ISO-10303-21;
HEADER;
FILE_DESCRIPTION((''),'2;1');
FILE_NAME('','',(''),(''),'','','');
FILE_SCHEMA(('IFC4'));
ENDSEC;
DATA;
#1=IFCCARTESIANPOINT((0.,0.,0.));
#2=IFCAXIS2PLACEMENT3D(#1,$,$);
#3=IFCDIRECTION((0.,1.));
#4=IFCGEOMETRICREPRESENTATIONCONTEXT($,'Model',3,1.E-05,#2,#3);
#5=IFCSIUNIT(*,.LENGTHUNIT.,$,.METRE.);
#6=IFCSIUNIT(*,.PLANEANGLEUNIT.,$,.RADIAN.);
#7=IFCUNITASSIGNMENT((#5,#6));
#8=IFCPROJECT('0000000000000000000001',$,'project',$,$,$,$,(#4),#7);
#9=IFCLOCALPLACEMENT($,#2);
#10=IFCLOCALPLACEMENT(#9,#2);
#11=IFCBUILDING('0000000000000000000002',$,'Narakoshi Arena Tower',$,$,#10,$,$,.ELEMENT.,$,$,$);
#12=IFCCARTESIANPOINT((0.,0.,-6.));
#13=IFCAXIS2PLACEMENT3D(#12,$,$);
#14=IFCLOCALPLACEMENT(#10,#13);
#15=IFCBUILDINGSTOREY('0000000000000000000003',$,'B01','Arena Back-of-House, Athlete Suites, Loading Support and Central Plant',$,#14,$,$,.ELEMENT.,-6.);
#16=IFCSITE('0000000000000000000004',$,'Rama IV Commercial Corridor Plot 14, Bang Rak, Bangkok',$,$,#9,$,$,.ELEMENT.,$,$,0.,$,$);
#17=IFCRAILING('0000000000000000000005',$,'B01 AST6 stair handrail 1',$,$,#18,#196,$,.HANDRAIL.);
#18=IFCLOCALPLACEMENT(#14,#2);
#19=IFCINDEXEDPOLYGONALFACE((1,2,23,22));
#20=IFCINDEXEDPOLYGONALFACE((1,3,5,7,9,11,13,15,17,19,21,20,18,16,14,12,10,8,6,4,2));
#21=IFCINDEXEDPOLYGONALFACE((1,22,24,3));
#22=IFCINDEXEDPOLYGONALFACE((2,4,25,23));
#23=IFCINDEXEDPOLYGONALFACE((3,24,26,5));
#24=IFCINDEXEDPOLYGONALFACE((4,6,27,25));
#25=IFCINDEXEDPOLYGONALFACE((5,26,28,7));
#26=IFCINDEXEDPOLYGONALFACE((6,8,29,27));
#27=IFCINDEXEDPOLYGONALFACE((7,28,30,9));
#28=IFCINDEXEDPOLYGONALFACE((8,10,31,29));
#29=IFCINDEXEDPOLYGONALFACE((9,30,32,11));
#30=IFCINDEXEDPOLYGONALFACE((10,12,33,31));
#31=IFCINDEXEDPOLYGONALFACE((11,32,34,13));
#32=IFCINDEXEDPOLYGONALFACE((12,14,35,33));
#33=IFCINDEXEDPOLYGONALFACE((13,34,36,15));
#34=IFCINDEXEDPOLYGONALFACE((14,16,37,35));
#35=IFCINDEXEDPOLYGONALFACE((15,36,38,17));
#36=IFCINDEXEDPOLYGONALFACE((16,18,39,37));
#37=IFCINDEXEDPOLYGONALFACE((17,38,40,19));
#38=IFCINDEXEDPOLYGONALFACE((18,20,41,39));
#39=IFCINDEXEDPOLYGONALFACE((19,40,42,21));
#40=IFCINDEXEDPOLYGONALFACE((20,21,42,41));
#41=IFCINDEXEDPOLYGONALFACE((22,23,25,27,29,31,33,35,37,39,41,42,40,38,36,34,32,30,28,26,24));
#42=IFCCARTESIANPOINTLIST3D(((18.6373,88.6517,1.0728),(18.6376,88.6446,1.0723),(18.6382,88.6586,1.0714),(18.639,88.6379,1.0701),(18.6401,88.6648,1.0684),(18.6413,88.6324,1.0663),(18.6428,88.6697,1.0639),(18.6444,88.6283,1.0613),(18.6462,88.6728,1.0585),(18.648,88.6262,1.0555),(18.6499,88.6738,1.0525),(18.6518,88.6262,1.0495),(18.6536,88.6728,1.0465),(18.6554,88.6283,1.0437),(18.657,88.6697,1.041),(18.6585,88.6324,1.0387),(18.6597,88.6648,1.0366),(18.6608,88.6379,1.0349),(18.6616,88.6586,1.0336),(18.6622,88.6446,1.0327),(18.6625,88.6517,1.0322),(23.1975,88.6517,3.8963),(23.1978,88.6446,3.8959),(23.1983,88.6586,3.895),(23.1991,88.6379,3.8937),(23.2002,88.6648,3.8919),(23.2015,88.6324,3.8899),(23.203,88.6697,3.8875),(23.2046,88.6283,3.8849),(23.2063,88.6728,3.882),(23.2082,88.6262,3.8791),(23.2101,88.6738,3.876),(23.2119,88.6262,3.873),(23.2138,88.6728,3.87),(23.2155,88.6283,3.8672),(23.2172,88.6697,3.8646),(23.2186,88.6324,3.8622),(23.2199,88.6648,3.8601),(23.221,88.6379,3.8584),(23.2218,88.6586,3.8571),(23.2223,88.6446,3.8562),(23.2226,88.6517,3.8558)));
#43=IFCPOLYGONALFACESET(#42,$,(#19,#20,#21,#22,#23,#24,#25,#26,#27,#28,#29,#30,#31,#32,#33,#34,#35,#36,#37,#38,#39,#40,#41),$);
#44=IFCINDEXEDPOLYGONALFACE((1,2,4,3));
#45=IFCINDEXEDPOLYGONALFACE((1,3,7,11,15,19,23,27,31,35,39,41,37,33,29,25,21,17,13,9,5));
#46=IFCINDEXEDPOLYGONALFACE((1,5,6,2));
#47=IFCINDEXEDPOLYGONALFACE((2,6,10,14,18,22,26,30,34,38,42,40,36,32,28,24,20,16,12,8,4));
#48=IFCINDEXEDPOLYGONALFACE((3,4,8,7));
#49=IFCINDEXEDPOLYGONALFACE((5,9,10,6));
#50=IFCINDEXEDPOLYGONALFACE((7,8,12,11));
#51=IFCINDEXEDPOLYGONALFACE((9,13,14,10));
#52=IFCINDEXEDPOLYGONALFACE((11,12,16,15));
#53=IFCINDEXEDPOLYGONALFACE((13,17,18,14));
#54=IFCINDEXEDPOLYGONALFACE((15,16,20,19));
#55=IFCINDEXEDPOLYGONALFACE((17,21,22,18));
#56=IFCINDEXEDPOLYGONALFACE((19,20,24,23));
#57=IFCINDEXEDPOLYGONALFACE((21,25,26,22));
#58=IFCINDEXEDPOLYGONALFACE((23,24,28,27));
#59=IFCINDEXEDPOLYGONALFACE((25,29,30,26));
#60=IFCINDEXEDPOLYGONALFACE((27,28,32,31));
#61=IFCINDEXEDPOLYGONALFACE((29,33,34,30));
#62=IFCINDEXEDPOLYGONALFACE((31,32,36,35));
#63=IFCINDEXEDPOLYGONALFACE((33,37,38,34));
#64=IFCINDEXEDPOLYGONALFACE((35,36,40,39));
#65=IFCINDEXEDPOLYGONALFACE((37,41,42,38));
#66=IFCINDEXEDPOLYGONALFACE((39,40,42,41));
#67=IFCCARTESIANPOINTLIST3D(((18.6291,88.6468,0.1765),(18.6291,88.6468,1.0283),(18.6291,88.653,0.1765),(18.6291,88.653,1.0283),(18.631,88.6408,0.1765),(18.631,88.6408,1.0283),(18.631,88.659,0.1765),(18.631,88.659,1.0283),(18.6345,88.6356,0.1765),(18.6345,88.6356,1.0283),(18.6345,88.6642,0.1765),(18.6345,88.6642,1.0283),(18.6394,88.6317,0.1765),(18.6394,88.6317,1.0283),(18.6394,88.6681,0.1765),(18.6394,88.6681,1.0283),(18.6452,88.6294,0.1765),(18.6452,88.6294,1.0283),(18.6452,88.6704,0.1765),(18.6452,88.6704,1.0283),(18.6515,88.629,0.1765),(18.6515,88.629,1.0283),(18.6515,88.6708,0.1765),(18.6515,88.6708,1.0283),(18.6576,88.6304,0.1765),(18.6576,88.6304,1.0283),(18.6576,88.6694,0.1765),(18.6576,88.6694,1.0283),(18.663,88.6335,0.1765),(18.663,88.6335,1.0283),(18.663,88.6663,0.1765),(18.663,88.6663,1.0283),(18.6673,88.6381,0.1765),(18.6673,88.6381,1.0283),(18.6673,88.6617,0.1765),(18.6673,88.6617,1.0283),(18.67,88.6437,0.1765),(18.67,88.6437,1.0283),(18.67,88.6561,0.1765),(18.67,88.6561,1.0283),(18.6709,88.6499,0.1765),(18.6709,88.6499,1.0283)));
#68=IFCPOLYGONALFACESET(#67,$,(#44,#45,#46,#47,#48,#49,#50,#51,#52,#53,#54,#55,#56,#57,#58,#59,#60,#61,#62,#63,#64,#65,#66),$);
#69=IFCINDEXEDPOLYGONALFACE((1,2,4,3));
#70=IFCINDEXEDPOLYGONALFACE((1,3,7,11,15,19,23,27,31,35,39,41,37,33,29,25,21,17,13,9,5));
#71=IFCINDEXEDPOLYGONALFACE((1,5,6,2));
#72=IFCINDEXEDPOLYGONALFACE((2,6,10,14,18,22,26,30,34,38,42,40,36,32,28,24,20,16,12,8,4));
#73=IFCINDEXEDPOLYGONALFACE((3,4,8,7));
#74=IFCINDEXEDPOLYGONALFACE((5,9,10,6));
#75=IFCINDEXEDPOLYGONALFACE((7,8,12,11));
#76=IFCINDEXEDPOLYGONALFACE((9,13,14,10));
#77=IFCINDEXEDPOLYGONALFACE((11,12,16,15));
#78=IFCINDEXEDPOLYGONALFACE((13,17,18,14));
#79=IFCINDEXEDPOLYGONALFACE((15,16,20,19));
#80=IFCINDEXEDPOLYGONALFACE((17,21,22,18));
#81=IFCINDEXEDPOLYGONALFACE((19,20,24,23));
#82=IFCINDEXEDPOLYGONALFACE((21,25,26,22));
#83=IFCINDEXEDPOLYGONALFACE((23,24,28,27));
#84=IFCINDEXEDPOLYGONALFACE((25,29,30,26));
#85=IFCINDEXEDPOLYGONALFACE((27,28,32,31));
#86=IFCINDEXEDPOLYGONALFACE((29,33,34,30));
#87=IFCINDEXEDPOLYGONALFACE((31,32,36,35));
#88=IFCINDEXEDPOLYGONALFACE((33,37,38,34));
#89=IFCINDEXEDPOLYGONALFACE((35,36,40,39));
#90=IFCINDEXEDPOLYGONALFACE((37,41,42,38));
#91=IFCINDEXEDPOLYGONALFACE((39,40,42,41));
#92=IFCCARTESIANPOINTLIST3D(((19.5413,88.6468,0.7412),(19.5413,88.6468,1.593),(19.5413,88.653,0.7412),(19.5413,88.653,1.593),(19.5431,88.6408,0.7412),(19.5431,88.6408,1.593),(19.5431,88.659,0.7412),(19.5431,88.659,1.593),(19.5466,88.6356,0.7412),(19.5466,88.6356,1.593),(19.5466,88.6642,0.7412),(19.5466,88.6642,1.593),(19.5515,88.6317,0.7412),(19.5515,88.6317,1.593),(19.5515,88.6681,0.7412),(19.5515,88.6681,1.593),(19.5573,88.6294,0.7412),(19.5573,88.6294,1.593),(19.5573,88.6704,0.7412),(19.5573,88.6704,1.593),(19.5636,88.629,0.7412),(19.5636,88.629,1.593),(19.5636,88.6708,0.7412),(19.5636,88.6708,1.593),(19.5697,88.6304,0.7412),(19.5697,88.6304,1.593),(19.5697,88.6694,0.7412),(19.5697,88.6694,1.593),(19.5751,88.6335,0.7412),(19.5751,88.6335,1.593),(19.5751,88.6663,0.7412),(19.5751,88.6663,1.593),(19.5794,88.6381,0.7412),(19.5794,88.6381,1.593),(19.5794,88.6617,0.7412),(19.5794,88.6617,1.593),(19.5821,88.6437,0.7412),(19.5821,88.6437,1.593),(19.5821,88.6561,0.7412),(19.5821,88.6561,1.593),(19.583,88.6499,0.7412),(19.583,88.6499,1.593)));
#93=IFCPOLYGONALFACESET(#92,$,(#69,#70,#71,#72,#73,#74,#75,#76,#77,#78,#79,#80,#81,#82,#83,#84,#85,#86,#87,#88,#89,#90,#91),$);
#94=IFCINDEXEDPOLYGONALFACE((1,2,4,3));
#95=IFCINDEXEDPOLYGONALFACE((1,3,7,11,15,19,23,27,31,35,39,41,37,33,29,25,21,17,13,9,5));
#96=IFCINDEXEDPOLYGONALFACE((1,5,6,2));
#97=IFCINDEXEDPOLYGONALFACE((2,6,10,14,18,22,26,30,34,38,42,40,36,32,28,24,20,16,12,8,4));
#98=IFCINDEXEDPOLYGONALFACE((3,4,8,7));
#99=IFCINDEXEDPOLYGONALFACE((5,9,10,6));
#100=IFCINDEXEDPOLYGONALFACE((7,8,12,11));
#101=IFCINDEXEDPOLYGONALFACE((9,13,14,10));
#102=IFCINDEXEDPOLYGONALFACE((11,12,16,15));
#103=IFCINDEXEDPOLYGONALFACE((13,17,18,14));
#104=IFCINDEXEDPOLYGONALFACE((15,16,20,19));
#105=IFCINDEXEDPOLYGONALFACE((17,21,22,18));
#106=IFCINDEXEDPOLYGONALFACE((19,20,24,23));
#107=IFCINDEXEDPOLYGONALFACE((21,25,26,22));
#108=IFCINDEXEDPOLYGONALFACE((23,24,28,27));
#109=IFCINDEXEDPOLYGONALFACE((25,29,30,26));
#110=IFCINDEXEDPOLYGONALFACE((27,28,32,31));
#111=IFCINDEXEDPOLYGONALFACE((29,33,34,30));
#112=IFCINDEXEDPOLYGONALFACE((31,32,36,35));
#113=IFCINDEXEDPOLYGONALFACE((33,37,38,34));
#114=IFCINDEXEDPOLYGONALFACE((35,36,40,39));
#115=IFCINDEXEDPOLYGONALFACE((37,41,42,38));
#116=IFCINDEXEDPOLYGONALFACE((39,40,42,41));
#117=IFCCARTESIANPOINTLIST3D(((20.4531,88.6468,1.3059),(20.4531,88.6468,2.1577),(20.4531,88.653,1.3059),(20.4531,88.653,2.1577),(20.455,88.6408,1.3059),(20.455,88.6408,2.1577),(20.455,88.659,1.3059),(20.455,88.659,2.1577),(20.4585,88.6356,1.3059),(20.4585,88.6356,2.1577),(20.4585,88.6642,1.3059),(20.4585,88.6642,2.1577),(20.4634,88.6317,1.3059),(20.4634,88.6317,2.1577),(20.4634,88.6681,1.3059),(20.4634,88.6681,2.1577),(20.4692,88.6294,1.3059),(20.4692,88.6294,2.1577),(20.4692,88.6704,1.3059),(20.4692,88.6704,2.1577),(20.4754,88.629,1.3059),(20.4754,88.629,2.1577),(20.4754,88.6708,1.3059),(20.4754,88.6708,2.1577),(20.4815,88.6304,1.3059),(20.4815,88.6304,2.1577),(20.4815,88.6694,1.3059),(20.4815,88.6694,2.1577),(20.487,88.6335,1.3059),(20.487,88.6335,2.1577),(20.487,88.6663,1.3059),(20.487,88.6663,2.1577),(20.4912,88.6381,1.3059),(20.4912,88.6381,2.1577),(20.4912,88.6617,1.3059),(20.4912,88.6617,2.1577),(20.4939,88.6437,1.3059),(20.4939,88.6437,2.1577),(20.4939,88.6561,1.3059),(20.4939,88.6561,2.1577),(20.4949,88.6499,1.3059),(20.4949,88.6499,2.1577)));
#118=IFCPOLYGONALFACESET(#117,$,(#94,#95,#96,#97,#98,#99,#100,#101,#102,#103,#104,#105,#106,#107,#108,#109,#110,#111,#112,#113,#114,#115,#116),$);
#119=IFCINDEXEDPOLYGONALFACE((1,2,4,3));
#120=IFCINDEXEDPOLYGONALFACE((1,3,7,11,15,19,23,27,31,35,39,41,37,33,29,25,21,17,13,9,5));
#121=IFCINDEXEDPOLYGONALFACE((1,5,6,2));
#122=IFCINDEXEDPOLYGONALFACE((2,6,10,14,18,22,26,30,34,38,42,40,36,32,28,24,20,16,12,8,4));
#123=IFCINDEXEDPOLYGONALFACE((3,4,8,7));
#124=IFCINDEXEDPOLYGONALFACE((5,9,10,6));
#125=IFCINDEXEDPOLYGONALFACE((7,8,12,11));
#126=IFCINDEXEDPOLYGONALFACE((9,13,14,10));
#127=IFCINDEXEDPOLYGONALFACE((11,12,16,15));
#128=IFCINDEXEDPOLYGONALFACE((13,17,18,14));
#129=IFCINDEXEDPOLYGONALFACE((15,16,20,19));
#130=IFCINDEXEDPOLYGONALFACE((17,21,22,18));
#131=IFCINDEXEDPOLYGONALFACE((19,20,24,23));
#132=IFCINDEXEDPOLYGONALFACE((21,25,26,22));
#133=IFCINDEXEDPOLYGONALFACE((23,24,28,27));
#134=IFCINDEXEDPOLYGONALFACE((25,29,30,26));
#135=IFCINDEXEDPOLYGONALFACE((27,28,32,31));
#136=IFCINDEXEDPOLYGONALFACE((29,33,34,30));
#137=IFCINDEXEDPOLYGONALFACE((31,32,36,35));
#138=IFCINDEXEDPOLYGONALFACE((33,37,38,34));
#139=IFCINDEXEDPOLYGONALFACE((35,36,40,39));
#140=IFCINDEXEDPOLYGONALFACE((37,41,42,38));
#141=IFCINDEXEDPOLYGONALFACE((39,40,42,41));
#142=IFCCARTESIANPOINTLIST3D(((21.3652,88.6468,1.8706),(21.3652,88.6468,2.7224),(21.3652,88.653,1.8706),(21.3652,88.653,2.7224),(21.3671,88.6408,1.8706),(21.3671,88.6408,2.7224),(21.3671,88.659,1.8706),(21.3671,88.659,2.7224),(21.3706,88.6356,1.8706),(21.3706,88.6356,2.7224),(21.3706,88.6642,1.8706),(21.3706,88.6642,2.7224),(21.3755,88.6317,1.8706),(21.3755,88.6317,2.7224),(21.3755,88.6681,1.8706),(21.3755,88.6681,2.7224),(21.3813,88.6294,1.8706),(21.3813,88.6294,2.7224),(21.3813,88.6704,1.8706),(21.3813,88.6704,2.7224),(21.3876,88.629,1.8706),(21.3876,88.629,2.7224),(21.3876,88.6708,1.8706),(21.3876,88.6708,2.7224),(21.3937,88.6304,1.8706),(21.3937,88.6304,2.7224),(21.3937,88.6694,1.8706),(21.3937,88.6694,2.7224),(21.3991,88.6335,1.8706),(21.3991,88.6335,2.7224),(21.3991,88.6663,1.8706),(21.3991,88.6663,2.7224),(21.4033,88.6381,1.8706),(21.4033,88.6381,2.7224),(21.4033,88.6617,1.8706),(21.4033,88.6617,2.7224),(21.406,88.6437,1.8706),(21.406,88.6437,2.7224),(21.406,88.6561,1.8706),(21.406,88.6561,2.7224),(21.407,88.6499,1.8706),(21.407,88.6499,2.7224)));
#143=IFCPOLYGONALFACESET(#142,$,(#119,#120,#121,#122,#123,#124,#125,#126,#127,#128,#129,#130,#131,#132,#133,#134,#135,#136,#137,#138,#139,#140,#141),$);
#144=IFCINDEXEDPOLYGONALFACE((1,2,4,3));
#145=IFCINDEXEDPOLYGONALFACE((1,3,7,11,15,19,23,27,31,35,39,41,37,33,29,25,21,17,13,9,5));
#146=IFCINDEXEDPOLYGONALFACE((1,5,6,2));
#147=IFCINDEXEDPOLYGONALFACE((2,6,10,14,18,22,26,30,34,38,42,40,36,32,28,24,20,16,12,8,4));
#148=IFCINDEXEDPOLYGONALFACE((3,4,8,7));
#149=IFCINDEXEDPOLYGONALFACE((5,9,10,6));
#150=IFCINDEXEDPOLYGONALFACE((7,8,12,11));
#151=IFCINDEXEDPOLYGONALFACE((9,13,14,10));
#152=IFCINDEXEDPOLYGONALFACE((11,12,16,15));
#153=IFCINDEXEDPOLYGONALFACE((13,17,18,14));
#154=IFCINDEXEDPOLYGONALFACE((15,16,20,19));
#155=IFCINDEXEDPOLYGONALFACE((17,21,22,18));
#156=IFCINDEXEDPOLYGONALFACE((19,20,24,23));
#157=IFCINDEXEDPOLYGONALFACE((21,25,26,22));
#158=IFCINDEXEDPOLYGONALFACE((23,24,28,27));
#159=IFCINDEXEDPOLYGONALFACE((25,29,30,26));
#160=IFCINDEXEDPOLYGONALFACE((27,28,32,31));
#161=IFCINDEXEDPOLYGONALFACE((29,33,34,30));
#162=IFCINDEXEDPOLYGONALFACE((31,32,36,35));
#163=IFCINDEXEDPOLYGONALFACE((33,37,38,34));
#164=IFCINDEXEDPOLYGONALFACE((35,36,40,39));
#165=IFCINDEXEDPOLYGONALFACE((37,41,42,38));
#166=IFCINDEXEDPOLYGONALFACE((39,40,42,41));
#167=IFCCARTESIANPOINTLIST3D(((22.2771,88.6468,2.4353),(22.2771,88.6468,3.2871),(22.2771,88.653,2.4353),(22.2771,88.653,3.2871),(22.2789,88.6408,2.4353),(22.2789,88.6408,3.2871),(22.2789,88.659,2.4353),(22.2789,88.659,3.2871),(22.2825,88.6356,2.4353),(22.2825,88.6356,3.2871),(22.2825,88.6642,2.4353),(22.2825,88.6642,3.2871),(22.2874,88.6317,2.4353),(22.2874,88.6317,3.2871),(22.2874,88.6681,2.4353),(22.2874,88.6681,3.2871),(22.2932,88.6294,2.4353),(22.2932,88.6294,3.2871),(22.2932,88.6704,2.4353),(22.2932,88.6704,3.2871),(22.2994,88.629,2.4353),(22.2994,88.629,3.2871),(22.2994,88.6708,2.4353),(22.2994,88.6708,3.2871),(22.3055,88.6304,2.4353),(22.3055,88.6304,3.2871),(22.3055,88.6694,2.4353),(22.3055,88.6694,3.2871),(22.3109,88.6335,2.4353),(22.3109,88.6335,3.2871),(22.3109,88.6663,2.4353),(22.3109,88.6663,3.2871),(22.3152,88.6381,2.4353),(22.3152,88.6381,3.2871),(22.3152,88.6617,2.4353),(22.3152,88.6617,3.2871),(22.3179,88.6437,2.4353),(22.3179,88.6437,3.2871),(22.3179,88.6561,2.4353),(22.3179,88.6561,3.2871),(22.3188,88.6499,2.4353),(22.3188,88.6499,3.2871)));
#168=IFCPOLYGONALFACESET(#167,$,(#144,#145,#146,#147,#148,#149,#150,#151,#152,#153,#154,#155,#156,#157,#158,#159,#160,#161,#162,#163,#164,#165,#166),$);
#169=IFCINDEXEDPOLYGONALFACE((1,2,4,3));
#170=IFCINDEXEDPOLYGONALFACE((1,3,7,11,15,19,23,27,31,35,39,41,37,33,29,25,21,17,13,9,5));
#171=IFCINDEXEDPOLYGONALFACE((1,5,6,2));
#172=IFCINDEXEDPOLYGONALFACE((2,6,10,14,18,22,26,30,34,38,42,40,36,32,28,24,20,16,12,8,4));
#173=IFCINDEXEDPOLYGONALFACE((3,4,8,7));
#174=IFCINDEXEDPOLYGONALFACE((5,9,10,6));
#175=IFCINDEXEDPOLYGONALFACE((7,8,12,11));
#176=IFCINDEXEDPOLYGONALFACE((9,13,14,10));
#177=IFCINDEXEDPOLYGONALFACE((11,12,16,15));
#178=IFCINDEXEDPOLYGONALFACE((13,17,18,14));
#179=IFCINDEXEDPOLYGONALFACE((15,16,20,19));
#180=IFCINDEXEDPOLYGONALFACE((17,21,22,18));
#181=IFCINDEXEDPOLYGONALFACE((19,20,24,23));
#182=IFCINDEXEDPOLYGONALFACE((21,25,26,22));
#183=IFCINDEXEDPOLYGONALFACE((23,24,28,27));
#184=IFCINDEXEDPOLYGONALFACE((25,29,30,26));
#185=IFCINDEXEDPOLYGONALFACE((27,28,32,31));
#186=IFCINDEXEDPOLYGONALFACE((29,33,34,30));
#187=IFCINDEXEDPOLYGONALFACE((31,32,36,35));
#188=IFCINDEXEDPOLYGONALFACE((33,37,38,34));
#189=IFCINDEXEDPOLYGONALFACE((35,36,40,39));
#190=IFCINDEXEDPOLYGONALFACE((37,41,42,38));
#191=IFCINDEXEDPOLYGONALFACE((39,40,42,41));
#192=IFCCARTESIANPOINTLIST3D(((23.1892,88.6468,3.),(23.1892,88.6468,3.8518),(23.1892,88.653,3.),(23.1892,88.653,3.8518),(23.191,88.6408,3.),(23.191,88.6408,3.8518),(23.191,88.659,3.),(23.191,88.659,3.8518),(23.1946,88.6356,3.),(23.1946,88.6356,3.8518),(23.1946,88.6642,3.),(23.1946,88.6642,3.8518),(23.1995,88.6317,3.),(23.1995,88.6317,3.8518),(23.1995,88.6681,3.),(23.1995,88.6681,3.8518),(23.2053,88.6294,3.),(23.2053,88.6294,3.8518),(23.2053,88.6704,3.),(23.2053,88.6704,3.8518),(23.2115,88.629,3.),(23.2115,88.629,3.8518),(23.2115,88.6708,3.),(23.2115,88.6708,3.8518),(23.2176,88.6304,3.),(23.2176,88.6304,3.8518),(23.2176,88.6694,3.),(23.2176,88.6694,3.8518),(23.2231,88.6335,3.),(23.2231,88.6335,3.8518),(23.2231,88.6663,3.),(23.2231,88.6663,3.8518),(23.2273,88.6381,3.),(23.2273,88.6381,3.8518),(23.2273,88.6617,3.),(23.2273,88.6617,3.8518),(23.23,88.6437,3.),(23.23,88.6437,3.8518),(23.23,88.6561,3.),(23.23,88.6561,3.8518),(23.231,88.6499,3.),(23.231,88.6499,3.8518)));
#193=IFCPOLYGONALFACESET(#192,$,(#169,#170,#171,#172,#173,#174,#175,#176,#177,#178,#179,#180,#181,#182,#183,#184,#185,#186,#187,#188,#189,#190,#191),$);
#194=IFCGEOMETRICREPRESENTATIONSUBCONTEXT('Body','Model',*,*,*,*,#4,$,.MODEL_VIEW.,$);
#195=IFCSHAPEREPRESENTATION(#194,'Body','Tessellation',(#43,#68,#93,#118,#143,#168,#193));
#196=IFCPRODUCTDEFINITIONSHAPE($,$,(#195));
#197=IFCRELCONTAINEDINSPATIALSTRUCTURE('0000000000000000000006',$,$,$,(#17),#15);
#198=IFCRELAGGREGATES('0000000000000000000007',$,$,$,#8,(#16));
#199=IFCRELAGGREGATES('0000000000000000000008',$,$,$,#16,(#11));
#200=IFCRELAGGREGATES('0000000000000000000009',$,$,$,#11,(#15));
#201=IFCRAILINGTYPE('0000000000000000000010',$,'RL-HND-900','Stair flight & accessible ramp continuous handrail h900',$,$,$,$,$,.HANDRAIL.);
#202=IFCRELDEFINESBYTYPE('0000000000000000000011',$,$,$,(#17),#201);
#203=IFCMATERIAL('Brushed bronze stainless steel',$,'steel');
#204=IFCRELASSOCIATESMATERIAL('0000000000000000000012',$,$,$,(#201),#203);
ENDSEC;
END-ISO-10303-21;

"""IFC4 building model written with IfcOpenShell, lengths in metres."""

from ifc_helpers import new_model, si_unit, direction, frame, origin, origin_2d, place, context, subcontext, project, spatial, circle, extrude, material, type_object, element, save


model = new_model("IFC4")

# Units and contexts
model_context = context("Model", 3, precision=1e-05, world=origin(), true_north=direction((0.0, 1.0)))
body_context = subcontext(model_context, "Body", "Model", "MODEL_VIEW")
ifc_project = project(units=[si_unit("LENGTHUNIT", "METRE"), si_unit("PLANEANGLEUNIT", "RADIAN")], contexts=[model_context])

# Site, building, storey
site_placement = place(None, origin())
site = spatial("IfcSite", under=ifc_project, at=site_placement, Name="Rama IV Commercial Corridor Plot 14, Bang Rak, Bangkok", CompositionType="ELEMENT", RefElevation=0.0)
building_placement = place(site_placement, origin())
building = spatial("IfcBuilding", under=site, at=building_placement, Name="Narakoshi Arena Tower", CompositionType="ELEMENT")
storey_placement = place(building_placement, frame((0.0, 0.0, -6.0)))
storey = spatial("IfcBuildingStorey", under=building, at=storey_placement, Name="B01", Description="Arena Back-of-House, Athlete Suites, Loading Support and Central Plant", CompositionType="ELEMENT", Elevation=-6.0)

# Railing
ifc_material_1 = material(Name="Brushed bronze stainless steel", Category="steel")
railing_type_1 = type_object("IfcRailingType", Name="RL-HND-900", Description="Stair flight & accessible ramp continuous handrail h900", PredefinedType="HANDRAIL", material=ifc_material_1)
railing_1_placement = place(storey_placement, frame((18.6499, 88.6499, 0.1765)))
element("IfcRailing", 1, at=railing_1_placement, inside=storey, type_object=railing_type_1, Name="B01 AST6 stair handrail 1", PredefinedType="HANDRAIL", context=body_context, shape_type="SweptSolid", body=[
    extrude(circle(Radius=0.0239, at=origin_2d()), frame((0.0, 0.0, 0.876), z_axis=(0.850216, 0.0, 0.526435), x_axis=(0.0, 1.0, 0.0)), (0.0, 0.0, 1.0), 5.3635),
    extrude(circle(Radius=0.021, at=origin_2d()), origin(), (0.0, 0.0, 1.0), 0.8518),
    extrude(circle(Radius=0.021, at=origin_2d()), frame((0.9121, 0.0, 0.5647)), (0.0, 0.0, 1.0), 0.8518),
    extrude(circle(Radius=0.021, at=origin_2d()), frame((1.824, 0.0, 1.1294)), (0.0, 0.0, 1.0), 0.8518),
    extrude(circle(Radius=0.021, at=origin_2d()), frame((2.7361, 0.0, 1.6941)), (0.0, 0.0, 1.0), 0.8518),
    extrude(circle(Radius=0.021, at=origin_2d()), frame((3.6479, 0.0, 2.2588)), (0.0, 0.0, 1.0), 0.8518),
    extrude(circle(Radius=0.021, at=origin_2d()), frame((4.5601, 0.0, 2.8235)), (0.0, 0.0, 1.0), 0.8518),
])

save(model, "model.ifc")
